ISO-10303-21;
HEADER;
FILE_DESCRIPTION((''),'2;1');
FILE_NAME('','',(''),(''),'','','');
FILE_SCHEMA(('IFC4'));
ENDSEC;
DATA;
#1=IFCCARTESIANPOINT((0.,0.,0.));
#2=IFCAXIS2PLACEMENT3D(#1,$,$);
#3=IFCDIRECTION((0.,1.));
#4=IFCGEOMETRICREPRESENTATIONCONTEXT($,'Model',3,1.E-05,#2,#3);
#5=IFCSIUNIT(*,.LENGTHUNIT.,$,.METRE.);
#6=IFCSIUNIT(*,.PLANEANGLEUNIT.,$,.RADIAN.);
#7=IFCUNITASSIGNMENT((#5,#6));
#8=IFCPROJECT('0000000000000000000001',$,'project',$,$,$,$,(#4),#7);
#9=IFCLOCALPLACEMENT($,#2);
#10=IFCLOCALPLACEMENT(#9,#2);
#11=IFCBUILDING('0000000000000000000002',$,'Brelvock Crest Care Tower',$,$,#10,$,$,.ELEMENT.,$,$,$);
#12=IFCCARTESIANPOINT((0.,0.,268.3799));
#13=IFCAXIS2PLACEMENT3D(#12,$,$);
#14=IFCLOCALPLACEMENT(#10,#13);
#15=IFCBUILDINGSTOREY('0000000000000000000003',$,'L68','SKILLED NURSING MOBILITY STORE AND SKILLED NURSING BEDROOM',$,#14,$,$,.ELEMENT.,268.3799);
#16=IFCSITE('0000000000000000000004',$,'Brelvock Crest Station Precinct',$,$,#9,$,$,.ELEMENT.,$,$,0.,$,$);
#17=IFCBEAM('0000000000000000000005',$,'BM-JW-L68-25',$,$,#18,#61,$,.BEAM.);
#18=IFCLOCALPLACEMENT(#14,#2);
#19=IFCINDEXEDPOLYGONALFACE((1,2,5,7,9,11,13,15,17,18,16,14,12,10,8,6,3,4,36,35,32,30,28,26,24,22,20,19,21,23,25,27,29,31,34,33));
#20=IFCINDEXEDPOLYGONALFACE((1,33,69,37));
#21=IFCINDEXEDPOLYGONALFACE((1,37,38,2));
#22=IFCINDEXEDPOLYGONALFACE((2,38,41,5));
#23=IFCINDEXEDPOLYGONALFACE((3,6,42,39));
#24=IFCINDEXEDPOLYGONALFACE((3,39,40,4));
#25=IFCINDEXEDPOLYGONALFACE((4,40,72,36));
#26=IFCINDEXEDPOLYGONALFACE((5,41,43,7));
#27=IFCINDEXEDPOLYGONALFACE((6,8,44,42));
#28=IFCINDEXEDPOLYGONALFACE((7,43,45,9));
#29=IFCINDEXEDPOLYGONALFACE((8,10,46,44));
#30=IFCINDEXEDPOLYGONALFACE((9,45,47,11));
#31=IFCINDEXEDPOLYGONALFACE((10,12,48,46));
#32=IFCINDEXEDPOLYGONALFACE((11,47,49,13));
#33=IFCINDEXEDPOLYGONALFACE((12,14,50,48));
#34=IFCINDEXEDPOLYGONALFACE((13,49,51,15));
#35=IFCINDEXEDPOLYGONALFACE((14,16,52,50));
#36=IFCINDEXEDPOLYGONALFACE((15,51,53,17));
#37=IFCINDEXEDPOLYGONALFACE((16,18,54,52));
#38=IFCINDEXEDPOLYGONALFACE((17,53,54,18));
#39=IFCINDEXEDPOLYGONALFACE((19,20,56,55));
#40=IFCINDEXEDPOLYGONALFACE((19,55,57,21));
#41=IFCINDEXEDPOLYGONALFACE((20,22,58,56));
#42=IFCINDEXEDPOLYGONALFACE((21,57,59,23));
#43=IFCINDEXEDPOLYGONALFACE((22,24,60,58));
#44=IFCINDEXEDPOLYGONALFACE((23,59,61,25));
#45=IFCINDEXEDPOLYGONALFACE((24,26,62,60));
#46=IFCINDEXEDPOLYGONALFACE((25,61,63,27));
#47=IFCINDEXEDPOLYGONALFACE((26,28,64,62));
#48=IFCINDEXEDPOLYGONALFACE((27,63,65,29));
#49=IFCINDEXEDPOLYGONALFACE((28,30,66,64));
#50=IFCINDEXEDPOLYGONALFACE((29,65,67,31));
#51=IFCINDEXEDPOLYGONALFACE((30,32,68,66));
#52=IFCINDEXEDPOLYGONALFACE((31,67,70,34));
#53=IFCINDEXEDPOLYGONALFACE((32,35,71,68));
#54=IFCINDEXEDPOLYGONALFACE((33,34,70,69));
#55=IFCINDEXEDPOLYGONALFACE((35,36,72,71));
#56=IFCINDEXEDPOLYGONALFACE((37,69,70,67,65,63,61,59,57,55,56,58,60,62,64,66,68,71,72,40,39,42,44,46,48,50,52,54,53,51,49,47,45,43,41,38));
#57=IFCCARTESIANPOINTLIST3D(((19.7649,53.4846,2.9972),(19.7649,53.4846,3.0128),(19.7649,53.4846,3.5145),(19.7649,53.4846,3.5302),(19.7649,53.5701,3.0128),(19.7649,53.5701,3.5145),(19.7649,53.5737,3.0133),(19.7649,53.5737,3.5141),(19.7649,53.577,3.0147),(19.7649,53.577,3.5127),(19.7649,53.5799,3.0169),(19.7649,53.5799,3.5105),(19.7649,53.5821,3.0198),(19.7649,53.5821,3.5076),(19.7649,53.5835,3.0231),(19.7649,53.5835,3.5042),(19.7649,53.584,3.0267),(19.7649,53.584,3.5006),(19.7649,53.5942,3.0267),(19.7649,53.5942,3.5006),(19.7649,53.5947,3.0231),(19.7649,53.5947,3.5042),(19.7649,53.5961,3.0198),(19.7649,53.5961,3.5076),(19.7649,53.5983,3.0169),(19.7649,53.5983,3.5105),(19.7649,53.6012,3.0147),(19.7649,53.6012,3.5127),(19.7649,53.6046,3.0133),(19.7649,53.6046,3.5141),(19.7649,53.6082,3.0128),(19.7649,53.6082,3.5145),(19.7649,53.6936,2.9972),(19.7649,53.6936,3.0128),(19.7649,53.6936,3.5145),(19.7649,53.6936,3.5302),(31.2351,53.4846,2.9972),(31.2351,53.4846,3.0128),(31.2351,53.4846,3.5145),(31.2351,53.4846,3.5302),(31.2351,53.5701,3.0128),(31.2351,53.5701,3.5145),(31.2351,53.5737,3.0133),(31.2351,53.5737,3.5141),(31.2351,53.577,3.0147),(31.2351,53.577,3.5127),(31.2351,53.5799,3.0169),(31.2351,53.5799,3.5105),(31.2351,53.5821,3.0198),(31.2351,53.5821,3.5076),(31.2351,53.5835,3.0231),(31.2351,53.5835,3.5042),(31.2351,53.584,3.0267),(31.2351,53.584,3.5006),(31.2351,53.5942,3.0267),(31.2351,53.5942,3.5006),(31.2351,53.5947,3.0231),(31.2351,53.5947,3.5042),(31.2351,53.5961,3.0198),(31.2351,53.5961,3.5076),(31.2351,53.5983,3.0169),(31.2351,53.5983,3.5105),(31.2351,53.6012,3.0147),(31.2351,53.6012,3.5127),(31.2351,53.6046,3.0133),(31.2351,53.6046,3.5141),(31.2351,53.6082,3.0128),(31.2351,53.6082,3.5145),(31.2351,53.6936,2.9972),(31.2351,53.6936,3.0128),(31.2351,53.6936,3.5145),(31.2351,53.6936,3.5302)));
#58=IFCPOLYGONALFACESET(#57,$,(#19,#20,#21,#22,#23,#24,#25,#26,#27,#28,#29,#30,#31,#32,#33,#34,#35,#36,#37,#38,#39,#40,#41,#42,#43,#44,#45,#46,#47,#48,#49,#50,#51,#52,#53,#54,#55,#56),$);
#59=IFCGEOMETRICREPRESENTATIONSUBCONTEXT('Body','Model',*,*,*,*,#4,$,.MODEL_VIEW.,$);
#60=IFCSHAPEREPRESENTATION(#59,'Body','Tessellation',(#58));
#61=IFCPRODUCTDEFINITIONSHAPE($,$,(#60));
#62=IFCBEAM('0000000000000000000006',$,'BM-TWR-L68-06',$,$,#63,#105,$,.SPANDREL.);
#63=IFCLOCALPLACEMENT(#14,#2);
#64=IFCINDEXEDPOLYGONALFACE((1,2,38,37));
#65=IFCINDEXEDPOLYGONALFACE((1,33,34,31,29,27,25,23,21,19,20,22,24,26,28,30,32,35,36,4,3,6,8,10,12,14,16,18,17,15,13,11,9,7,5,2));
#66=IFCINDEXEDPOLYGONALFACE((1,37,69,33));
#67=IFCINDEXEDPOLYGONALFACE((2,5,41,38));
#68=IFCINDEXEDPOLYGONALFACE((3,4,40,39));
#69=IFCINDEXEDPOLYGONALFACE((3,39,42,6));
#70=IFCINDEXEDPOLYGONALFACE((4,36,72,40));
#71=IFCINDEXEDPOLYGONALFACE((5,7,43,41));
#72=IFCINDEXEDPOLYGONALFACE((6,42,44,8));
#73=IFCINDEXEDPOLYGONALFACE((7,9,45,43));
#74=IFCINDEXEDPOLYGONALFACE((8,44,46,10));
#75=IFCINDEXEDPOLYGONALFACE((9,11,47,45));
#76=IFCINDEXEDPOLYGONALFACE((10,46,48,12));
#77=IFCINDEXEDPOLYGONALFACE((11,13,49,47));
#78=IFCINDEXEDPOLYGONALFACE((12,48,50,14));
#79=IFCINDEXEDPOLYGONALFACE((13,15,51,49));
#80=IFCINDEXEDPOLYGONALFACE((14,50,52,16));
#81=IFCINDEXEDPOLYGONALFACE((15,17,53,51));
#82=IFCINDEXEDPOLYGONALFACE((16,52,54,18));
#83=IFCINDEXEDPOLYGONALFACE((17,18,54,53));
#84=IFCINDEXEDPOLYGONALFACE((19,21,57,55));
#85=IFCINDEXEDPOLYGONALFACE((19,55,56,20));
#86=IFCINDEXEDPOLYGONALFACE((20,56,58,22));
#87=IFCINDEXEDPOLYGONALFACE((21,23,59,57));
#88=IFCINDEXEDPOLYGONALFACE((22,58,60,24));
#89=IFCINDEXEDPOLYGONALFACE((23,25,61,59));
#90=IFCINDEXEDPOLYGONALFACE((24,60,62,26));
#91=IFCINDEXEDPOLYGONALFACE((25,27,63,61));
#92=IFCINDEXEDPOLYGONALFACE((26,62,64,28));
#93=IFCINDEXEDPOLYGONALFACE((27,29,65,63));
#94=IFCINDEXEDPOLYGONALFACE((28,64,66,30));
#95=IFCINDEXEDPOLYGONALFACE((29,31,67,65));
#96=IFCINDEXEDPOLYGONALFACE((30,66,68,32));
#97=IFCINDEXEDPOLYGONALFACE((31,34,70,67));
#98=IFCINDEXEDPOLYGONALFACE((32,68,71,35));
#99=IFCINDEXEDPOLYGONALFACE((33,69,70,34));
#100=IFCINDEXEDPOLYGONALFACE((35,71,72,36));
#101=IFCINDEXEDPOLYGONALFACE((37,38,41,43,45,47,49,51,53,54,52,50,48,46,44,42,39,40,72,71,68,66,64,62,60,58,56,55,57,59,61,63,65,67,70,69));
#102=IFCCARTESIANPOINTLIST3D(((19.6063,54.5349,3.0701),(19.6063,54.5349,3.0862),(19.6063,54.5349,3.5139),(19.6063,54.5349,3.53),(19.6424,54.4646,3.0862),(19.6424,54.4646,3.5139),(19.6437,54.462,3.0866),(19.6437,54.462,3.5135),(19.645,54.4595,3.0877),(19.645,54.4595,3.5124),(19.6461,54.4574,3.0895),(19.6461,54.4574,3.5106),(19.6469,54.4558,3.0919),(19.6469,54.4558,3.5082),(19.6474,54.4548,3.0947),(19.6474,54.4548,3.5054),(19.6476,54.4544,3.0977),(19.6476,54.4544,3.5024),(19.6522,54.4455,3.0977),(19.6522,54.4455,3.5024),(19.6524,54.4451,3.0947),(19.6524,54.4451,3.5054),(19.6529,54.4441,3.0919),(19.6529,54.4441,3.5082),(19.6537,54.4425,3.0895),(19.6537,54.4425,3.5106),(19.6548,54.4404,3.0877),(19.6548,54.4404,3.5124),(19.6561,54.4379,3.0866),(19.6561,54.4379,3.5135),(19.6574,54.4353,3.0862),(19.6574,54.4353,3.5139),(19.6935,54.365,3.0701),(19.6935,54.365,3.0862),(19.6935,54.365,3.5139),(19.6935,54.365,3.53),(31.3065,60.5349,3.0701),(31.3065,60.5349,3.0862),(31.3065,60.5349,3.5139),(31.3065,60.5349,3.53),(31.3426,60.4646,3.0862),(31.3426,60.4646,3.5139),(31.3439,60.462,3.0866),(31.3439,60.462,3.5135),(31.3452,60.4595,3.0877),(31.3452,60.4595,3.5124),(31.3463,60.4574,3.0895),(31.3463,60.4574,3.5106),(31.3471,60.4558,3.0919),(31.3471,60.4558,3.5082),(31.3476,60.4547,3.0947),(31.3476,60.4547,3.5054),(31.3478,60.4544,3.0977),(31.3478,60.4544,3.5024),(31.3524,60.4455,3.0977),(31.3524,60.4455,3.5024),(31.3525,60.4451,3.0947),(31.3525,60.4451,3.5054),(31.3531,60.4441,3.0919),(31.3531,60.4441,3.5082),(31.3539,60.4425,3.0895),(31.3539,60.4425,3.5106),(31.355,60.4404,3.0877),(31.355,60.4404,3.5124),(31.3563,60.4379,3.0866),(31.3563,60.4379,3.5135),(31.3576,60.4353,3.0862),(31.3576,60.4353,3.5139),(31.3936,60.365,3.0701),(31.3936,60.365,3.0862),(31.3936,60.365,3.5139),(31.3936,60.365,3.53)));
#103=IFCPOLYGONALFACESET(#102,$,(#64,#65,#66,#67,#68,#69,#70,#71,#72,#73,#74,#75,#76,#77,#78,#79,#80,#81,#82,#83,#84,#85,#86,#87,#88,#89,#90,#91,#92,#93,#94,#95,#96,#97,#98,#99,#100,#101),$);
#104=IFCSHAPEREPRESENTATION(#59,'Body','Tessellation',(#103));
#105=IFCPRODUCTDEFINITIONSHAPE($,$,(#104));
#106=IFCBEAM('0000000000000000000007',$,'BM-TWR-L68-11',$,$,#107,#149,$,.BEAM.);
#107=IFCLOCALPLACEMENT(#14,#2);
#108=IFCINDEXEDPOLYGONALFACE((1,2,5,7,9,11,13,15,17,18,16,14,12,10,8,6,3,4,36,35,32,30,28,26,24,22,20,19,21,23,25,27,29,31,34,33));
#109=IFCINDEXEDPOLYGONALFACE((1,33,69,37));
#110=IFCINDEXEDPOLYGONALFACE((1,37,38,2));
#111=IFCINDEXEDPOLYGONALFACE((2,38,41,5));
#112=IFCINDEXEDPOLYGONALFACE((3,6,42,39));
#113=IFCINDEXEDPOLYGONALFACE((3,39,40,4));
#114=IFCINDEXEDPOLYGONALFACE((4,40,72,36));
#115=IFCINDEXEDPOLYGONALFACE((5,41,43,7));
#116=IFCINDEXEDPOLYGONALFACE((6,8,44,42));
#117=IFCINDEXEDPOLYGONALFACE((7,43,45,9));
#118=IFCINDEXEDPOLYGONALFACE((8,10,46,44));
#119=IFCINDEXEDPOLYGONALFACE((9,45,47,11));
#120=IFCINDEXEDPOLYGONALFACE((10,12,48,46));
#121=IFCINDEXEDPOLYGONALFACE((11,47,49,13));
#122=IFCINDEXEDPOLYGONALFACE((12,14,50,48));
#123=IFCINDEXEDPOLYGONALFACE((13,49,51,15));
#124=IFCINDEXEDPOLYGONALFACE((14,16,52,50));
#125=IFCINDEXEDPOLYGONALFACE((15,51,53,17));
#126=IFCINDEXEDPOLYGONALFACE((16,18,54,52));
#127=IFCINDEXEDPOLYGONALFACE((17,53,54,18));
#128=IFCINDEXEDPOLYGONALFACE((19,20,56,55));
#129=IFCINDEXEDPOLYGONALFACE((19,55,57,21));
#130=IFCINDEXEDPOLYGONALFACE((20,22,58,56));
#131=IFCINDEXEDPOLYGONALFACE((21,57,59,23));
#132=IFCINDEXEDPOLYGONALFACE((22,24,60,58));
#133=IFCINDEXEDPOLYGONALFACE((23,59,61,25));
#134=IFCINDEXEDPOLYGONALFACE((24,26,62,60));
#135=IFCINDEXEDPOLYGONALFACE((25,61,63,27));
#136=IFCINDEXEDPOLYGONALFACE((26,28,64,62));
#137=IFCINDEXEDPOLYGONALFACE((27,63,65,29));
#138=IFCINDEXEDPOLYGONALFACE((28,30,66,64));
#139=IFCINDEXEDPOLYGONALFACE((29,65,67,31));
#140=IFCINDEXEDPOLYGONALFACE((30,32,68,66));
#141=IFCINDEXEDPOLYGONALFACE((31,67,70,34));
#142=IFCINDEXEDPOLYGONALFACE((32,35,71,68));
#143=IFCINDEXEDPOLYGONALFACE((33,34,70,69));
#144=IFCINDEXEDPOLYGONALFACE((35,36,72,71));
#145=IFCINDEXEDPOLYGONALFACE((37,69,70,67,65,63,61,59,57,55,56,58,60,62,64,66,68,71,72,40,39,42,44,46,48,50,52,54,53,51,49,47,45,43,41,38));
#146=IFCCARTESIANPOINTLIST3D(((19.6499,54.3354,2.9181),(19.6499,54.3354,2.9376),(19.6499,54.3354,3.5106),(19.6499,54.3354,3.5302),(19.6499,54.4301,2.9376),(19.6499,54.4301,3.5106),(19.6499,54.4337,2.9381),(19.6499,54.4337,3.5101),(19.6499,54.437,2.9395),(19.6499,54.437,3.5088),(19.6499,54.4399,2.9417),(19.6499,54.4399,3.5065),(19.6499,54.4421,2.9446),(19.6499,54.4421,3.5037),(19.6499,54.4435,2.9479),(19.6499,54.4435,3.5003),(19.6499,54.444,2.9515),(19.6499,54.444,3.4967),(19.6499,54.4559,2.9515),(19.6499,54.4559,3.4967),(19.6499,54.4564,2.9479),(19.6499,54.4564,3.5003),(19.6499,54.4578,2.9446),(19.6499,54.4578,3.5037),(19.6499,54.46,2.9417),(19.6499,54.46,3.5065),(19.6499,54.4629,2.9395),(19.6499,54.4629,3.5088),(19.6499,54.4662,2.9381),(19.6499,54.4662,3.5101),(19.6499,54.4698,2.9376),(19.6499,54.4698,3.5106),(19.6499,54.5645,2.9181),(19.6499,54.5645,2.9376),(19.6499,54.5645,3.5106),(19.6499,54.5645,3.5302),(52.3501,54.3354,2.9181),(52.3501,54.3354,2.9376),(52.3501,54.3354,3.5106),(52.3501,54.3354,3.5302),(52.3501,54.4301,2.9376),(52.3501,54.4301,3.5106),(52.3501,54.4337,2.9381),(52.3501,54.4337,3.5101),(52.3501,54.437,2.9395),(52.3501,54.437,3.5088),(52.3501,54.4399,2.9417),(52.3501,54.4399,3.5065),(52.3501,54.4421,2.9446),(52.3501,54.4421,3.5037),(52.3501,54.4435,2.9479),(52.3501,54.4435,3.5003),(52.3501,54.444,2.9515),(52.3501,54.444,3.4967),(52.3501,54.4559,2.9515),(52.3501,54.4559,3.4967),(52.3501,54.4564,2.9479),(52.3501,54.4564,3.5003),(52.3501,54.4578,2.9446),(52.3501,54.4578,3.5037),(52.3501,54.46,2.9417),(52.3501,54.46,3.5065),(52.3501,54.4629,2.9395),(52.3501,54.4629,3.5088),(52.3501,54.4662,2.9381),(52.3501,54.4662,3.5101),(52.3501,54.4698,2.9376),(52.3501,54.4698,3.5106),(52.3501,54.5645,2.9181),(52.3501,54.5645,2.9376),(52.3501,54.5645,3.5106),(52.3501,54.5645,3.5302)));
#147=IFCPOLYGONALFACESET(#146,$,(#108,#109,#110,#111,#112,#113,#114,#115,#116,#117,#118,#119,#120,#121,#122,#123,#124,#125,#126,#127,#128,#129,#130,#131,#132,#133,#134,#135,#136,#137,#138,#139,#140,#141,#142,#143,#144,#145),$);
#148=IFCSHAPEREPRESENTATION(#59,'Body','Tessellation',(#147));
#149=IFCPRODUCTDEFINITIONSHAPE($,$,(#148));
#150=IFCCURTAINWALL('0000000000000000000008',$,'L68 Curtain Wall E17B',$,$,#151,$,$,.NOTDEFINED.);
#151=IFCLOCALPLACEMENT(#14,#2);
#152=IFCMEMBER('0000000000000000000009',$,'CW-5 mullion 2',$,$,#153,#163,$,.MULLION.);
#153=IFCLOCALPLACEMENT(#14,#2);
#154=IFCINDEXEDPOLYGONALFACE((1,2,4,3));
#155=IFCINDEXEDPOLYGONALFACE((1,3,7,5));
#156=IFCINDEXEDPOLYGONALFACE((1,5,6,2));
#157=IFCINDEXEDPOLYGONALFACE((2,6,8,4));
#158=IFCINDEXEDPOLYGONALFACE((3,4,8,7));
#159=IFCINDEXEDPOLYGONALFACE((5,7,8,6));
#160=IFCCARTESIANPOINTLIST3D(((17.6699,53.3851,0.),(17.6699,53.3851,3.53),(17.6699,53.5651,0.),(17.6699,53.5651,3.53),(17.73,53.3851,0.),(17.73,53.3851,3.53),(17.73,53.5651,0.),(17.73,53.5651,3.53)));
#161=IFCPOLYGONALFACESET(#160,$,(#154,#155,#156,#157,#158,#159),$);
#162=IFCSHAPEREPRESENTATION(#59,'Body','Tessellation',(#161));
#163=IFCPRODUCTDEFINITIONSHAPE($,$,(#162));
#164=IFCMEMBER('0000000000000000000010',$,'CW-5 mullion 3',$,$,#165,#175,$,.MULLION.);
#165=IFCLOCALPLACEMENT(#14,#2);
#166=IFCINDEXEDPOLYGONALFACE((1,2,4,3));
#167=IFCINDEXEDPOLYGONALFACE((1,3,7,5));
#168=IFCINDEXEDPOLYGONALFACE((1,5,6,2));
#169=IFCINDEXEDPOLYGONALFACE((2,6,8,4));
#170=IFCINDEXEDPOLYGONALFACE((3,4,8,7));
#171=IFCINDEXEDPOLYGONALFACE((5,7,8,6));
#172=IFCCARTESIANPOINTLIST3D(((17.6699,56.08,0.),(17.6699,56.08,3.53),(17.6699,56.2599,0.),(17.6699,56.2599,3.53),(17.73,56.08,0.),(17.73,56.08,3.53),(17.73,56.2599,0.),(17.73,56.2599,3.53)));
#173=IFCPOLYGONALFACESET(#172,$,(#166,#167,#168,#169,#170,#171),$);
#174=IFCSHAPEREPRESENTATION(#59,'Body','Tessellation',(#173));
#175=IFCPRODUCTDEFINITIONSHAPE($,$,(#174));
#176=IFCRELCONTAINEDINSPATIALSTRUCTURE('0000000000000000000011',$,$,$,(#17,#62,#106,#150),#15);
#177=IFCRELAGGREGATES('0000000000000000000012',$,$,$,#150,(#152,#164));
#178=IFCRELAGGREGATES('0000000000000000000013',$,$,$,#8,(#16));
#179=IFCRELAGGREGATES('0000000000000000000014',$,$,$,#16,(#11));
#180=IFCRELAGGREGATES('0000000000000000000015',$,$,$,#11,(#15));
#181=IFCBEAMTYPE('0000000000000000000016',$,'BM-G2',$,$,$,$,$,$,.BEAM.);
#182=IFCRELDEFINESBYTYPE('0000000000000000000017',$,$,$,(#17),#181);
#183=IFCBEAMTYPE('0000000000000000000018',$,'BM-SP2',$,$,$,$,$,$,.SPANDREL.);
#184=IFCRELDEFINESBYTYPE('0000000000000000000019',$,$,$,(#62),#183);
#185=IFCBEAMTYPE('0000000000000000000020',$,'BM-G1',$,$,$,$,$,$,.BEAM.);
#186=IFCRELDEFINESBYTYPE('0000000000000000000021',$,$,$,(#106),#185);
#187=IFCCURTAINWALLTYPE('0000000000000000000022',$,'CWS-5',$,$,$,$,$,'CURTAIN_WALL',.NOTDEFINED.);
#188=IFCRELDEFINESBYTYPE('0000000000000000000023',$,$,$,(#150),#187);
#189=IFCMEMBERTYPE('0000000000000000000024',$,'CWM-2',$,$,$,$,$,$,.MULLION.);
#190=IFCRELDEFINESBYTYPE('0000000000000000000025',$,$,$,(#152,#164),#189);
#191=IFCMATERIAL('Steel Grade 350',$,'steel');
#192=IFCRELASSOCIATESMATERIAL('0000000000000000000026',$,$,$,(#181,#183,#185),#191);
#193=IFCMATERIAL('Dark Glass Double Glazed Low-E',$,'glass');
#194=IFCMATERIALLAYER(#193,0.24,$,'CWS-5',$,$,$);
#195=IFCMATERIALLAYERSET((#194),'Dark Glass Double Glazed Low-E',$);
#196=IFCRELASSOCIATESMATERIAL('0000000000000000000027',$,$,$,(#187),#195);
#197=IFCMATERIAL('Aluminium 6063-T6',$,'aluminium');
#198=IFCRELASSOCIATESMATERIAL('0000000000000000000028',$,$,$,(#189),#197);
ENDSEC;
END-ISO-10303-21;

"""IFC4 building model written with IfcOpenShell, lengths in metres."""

from ifc_helpers import new_model, si_unit, direction, frame, origin, origin_2d, place, context, subcontext, project, spatial, rectangle, i_section, extrude, source, transform, mapped, material, layer, layer_set, material_profile, profile_set, type_object, element, aggregate, save


model = new_model("IFC4")

# Units and contexts
model_context = context("Model", 3, precision=1e-05, world=origin(), true_north=direction((0.0, 1.0)))
body_context = subcontext(model_context, "Body", "Model", "MODEL_VIEW")
ifc_project = project(units=[si_unit("LENGTHUNIT", "METRE"), si_unit("PLANEANGLEUNIT", "RADIAN")], contexts=[model_context])

# Site, building, storey
site_placement = place(None, origin())
site = spatial("IfcSite", under=ifc_project, at=site_placement, Name="Brelvock Crest Station Precinct", CompositionType="ELEMENT", RefElevation=0.0)
building_placement = place(site_placement, origin())
building = spatial("IfcBuilding", under=site, at=building_placement, Name="Brelvock Crest Care Tower", CompositionType="ELEMENT")
storey_placement = place(building_placement, frame((0.0, 0.0, 268.3799)))
storey = spatial("IfcBuildingStorey", under=building, at=storey_placement, Name="L68", Description="SKILLED NURSING MOBILITY STORE AND SKILLED NURSING BEDROOM", CompositionType="ELEMENT", Elevation=268.3799)

# Shared definitions
ifc_material_1 = material(Name="Steel Grade 350", Category="steel")

# Beams
ifc_material_profile_1 = material_profile(ifc_material_1, i_section(OverallWidth=0.209, OverallDepth=0.533, WebThickness=0.0103, FlangeThickness=0.0156, FilletRadius=0.0139, at=origin_2d()), Name="530UB92.4")
ifc_profile_set_1 = profile_set([ifc_material_profile_1], Name="Steel Grade 350")
beam_type_1 = type_object("IfcBeamType", Name="BM-G2", PredefinedType="BEAM", material=ifc_profile_set_1)
shared_shape_1 = source(origin(), body_context, "Body", "SweptSolid", [
    extrude(i_section(OverallWidth=0.209, OverallDepth=0.533, WebThickness=0.0103, FlangeThickness=0.0156, FilletRadius=0.0139, at=origin_2d()), origin(), (0.0, 0.0, 1.0), 11.4702),
])
beam_1_placement = place(storey_placement, frame((19.7649, 53.5891, 3.2637), z_axis=(1.0, 0.0, 0.0), x_axis=(0.0, 1.0, 0.0)))
element("IfcBeam", 1, at=beam_1_placement, inside=storey, type_object=beam_type_1, Name="BM-JW-L68-25", PredefinedType="BEAM", context=body_context, shape_type="MappedRepresentation", body=[
    mapped(shared_shape_1, transform((0.0, 0.0, 0.0), x_axis=(1.0, 0.0, 0.0), y_axis=(0.0, 1.0, 0.0), z_axis=(0.0, 0.0, 1.0), scale=1.0)),
])
ifc_material_profile_2 = material_profile(ifc_material_1, i_section(OverallWidth=0.1909, OverallDepth=0.46, WebThickness=0.01, FlangeThickness=0.0161, FilletRadius=0.0115, at=origin_2d()), Name="460UB82.1")
ifc_profile_set_2 = profile_set([ifc_material_profile_2], Name="Steel Grade 350")
beam_type_2 = type_object("IfcBeamType", Name="BM-SP2", PredefinedType="SPANDREL", material=ifc_profile_set_2)
shared_shape_2 = source(origin(), body_context, "Body", "SweptSolid", [
    extrude(i_section(OverallWidth=0.1909, OverallDepth=0.46, WebThickness=0.01, FlangeThickness=0.0161, FilletRadius=0.0115, at=origin_2d()), origin(), (0.0, 0.0, 1.0), 13.1489),
])
beam_2_placement = place(storey_placement, frame((19.6499, 54.45, 3.3), z_axis=(0.889821, 0.456311, 0.0), x_axis=(-0.456311, 0.889821, 0.0)))
element("IfcBeam", 2, at=beam_2_placement, inside=storey, type_object=beam_type_2, Name="BM-TWR-L68-06", PredefinedType="SPANDREL", context=body_context, shape_type="MappedRepresentation", body=[
    mapped(shared_shape_2, transform((0.0, 0.0, 0.0), x_axis=(1.0, 0.0, 0.0), y_axis=(0.0, 1.0, 0.0), z_axis=(0.0, 0.0, 1.0), scale=1.0)),
])
ifc_material_profile_3 = material_profile(ifc_material_1, i_section(OverallWidth=0.229, OverallDepth=0.6121, WebThickness=0.012, FlangeThickness=0.0195, FilletRadius=0.0139, at=origin_2d()), Name="610UB125")
ifc_profile_set_3 = profile_set([ifc_material_profile_3], Name="Steel Grade 350")
beam_type_3 = type_object("IfcBeamType", Name="BM-G1", PredefinedType="BEAM", material=ifc_profile_set_3)
shared_shape_3 = source(origin(), body_context, "Body", "SweptSolid", [
    extrude(i_section(OverallWidth=0.229, OverallDepth=0.6121, WebThickness=0.012, FlangeThickness=0.0195, FilletRadius=0.0139, at=origin_2d()), origin(), (0.0, 0.0, 1.0), 32.7002),
])
beam_3_placement = place(storey_placement, frame((19.6499, 54.45, 3.2241), z_axis=(1.0, 0.0, 0.0), x_axis=(0.0, 1.0, 0.0)))
element("IfcBeam", 3, at=beam_3_placement, inside=storey, type_object=beam_type_3, Name="BM-TWR-L68-11", PredefinedType="BEAM", context=body_context, shape_type="MappedRepresentation", body=[
    mapped(shared_shape_3, transform((0.0, 0.0, 0.0), x_axis=(1.0, 0.0, 0.0), y_axis=(0.0, 1.0, 0.0), z_axis=(0.0, 0.0, 1.0), scale=1.0)),
])

# Curtain wall, members
ifc_material_2 = material(Name="Dark Glass Double Glazed Low-E", Category="glass")
ifc_layer_1 = layer(ifc_material_2, 0.24, Name="CWS-5")
ifc_layer_set_1 = layer_set([ifc_layer_1], Name="Dark Glass Double Glazed Low-E")
curtain_wall_type = type_object("IfcCurtainWallType", Name="CWS-5", ElementType="CURTAIN_WALL", PredefinedType="NOTDEFINED", material=ifc_layer_set_1)
curtain_wall_1_placement = place(storey_placement, origin())
curtain_wall_1 = element("IfcCurtainWall", 4, at=curtain_wall_1_placement, inside=storey, type_object=curtain_wall_type, Name="L68 Curtain Wall E17B", PredefinedType="NOTDEFINED")
ifc_material_3 = material(Name="Aluminium 6063-T6", Category="aluminium")
ifc_material_profile_4 = material_profile(ifc_material_3, rectangle(XDim=0.0601, YDim=0.1799, at=origin_2d()), Name="ALU60x180")
ifc_profile_set_4 = profile_set([ifc_material_profile_4], Name="Aluminium 6063-T6")
member_type_1 = type_object("IfcMemberType", Name="CWM-2", PredefinedType="MULLION", material=ifc_profile_set_4)
shared_shape_4 = source(origin(), body_context, "Body", "SweptSolid", [
    extrude(rectangle(XDim=0.0601, YDim=0.1799, at=origin_2d()), origin(), (0.0, 0.0, 1.0), 3.53),
])
member_1_placement = place(storey_placement, frame((17.7, 53.4751, 0.0), z_axis=(0.0, 0.0, 1.0), x_axis=(-1.0, 0.0, 0.0)))
member_1 = element("IfcMember", 5, at=member_1_placement, type_object=member_type_1, Name="CW-5 mullion 2", PredefinedType="MULLION", context=body_context, shape_type="MappedRepresentation", body=[
    mapped(shared_shape_4, transform((0.0, 0.0, 0.0), x_axis=(1.0, 0.0, 0.0), y_axis=(0.0, 1.0, 0.0), z_axis=(0.0, 0.0, 1.0), scale=1.0)),
])
member_2_placement = place(storey_placement, frame((17.7, 56.1699, 0.0), z_axis=(0.0, 0.0, 1.0), x_axis=(-1.0, 0.0, 0.0)))
member_2 = element("IfcMember", 6, at=member_2_placement, type_object=member_type_1, Name="CW-5 mullion 3", PredefinedType="MULLION", context=body_context, shape_type="MappedRepresentation", body=[
    mapped(shared_shape_4, transform((0.0, 0.0, 0.0), x_axis=(1.0, 0.0, 0.0), y_axis=(0.0, 1.0, 0.0), z_axis=(0.0, 0.0, 1.0), scale=1.0)),
])

aggregate(curtain_wall_1, [member_1, member_2])

save(model, "model.ifc")
